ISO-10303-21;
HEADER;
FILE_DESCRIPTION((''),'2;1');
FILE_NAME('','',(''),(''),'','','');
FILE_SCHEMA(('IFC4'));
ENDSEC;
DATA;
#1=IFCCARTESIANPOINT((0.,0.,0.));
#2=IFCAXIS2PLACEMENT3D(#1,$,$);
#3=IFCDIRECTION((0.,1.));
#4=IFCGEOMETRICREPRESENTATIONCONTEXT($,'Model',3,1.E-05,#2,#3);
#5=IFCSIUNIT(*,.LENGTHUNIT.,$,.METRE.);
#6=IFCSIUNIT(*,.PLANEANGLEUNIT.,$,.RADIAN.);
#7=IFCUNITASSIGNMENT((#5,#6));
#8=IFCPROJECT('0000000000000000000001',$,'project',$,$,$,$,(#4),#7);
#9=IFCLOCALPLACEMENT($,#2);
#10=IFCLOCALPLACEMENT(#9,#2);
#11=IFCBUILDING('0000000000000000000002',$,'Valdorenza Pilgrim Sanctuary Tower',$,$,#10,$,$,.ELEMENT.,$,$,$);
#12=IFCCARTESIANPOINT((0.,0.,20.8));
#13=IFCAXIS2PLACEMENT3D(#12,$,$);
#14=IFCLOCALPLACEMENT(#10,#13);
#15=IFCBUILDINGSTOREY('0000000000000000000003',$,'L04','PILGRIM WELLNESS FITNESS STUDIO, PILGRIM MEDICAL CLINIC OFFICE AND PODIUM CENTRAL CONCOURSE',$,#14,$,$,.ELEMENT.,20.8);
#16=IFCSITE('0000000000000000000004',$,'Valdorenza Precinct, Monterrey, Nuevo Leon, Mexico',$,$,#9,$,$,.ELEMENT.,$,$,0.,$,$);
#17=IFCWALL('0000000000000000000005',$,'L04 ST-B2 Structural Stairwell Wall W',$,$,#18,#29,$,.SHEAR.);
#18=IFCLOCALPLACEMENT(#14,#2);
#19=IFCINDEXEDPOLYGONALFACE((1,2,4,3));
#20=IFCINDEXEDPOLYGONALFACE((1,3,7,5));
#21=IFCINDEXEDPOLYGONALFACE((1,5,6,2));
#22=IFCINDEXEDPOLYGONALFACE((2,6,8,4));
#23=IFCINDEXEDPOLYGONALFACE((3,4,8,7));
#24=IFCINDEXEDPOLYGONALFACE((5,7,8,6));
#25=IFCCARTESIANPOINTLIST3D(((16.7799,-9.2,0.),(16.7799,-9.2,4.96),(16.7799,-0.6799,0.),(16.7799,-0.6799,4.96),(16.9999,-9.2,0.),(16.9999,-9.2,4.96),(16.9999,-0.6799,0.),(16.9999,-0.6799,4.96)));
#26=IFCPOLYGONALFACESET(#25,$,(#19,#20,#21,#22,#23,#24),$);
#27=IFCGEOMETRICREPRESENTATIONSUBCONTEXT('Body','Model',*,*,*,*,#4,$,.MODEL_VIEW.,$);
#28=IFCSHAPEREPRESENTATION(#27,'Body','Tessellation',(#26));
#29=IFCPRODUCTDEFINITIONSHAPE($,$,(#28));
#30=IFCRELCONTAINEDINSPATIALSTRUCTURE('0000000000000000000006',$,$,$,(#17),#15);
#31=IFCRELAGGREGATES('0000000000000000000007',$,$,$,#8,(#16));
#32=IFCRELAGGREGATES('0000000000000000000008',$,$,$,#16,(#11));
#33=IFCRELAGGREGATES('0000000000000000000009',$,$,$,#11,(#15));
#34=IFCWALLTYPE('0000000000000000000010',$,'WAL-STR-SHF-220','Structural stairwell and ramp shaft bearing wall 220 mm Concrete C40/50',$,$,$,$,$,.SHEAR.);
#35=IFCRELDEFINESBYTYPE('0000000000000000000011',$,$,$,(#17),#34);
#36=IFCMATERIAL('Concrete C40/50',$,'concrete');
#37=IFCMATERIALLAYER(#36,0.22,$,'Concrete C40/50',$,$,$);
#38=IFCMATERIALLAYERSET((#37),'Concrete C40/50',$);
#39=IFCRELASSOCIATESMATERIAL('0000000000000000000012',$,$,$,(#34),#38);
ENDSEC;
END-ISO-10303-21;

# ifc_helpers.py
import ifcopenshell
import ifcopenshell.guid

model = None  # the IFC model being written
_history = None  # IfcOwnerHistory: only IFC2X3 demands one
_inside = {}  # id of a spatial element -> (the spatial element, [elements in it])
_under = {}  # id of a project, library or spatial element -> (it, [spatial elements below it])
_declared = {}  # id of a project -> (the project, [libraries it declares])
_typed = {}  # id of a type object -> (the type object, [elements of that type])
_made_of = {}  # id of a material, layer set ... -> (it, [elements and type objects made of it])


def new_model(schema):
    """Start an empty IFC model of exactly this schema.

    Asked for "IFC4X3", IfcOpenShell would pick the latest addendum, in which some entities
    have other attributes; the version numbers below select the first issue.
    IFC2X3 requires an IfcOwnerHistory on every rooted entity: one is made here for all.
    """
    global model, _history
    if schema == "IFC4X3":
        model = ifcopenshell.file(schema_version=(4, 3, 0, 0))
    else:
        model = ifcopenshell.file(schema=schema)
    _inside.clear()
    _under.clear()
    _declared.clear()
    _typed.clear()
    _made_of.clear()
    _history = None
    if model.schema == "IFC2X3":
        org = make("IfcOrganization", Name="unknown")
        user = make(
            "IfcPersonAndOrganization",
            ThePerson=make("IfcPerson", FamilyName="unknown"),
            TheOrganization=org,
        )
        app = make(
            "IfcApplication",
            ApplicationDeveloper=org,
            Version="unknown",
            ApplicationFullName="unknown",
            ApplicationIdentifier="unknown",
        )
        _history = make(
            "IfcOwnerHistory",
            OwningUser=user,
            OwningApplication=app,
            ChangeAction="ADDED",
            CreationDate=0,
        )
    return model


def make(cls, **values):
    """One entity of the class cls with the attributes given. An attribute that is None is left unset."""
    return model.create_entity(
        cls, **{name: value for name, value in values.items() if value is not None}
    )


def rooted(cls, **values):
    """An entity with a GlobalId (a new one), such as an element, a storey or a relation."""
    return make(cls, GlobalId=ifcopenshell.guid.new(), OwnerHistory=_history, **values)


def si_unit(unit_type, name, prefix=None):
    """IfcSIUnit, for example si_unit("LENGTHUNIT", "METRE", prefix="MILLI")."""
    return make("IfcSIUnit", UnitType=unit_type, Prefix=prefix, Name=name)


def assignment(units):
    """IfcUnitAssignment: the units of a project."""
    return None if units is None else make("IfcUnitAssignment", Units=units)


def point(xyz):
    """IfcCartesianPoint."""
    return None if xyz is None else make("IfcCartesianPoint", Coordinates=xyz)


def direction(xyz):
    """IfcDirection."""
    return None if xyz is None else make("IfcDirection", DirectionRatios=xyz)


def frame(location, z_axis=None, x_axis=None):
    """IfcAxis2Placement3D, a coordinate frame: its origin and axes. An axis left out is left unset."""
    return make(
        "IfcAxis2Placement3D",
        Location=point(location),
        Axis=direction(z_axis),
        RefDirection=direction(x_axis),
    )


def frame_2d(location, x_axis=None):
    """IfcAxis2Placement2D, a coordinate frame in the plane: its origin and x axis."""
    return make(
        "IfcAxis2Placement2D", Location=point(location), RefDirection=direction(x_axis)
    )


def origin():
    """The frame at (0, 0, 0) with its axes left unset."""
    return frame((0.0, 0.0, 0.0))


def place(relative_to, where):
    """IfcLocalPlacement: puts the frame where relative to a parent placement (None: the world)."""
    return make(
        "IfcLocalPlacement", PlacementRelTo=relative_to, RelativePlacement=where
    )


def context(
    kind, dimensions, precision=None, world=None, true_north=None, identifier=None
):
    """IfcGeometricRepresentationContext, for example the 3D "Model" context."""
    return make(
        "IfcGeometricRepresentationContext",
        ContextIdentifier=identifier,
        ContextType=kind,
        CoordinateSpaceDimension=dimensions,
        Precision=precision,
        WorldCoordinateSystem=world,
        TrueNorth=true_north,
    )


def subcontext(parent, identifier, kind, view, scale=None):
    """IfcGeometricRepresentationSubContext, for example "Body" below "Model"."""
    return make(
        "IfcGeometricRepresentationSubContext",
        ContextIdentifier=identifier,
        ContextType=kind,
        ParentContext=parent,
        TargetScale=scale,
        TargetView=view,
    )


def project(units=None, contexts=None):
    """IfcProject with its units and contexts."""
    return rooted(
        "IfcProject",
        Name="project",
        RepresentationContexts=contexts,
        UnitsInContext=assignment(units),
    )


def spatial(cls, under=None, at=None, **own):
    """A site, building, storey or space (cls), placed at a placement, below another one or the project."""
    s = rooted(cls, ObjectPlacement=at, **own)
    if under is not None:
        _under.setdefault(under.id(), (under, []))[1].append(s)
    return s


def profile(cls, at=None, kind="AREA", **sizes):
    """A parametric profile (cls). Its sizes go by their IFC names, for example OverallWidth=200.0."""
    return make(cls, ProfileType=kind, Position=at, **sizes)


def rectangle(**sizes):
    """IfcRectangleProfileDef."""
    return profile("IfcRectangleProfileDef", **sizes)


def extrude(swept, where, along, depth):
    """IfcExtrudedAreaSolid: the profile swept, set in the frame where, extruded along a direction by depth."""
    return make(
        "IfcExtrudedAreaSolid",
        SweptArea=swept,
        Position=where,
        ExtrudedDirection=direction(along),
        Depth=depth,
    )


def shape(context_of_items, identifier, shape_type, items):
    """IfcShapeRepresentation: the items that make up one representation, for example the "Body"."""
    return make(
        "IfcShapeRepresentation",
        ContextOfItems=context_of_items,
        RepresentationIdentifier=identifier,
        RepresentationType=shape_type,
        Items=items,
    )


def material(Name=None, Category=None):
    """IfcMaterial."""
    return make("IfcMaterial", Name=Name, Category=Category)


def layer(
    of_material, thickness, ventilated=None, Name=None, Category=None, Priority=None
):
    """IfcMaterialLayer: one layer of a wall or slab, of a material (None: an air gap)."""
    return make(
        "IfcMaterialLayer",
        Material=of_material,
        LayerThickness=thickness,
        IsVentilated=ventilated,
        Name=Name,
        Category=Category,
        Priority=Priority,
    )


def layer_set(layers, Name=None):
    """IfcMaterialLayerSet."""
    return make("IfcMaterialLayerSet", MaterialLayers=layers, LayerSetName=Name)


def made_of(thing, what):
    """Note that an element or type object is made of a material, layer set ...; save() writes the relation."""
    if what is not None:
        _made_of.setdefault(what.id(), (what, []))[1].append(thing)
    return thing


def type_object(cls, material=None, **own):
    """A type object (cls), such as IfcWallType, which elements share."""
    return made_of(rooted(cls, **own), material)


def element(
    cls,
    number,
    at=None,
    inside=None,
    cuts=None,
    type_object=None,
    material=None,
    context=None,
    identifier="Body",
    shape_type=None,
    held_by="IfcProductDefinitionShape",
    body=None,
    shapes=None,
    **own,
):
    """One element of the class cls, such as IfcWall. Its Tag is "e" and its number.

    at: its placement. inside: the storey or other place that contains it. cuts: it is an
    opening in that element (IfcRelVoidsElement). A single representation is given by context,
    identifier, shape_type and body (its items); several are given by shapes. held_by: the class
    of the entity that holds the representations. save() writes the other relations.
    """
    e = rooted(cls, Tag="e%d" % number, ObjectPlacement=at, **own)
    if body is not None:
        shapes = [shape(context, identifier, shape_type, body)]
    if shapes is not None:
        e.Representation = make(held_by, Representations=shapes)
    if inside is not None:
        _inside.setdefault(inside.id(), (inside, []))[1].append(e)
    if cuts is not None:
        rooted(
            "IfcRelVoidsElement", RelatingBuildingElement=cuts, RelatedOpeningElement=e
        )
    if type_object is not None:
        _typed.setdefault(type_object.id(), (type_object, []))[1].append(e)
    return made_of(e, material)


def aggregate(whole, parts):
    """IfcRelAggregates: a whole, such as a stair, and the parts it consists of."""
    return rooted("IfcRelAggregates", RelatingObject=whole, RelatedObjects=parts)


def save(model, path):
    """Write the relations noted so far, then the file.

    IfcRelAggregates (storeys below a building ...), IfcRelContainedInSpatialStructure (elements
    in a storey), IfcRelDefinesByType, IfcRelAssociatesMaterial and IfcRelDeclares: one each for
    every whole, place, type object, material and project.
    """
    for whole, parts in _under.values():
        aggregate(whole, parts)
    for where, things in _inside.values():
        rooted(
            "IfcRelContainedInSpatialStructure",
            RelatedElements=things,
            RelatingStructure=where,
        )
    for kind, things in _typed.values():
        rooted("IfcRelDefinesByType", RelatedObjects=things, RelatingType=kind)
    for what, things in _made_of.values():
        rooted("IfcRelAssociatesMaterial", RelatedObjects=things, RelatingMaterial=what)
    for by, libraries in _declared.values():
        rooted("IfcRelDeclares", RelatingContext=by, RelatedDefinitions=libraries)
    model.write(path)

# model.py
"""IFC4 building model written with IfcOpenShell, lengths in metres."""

from ifc_helpers import new_model, si_unit, direction, frame, frame_2d, origin, place, context, subcontext, project, spatial, rectangle, extrude, material, layer, layer_set, type_object, element, save


model = new_model("IFC4")

# Units and contexts
model_context = context("Model", 3, precision=1e-05, world=origin(), true_north=direction((0.0, 1.0)))
body_context = subcontext(model_context, "Body", "Model", "MODEL_VIEW")
ifc_project = project(units=[si_unit("LENGTHUNIT", "METRE"), si_unit("PLANEANGLEUNIT", "RADIAN")], contexts=[model_context])

# Site, building, storey
site_placement = place(None, origin())
site = spatial("IfcSite", under=ifc_project, at=site_placement, Name="Valdorenza Precinct, Monterrey, Nuevo Leon, Mexico", CompositionType="ELEMENT", RefElevation=0.0)
building_placement = place(site_placement, origin())
building = spatial("IfcBuilding", under=site, at=building_placement, Name="Valdorenza Pilgrim Sanctuary Tower", CompositionType="ELEMENT")
storey_placement = place(building_placement, frame((0.0, 0.0, 20.8)))
storey = spatial("IfcBuildingStorey", under=building, at=storey_placement, Name="L04", Description="PILGRIM WELLNESS FITNESS STUDIO, PILGRIM MEDICAL CLINIC OFFICE AND PODIUM CENTRAL CONCOURSE", CompositionType="ELEMENT", Elevation=20.8)

# Wall
ifc_material_1 = material(Name="Concrete C40/50", Category="concrete")
ifc_layer_1 = layer(ifc_material_1, 0.22, Name="Concrete C40/50")
ifc_layer_set_1 = layer_set([ifc_layer_1], Name="Concrete C40/50")
wall_type_1 = type_object("IfcWallType", Name="WAL-STR-SHF-220", Description="Structural stairwell and ramp shaft bearing wall 220 mm Concrete C40/50", PredefinedType="SHEAR", material=ifc_layer_set_1)
wall_1_placement = place(storey_placement, frame((16.8899, -9.2, 0.0), z_axis=(0.0, 0.0, 1.0), x_axis=(0.0, 1.0, 0.0)))
element("IfcWall", 1, at=wall_1_placement, inside=storey, type_object=wall_type_1, Name="L04 ST-B2 Structural Stairwell Wall W", PredefinedType="SHEAR", context=body_context, shape_type="SweptSolid", body=[
    extrude(rectangle(XDim=8.52, YDim=0.22, at=frame_2d((4.26, 0.0))), origin(), (0.0, 0.0, 1.0), 4.96),
])

save(model, "model.ifc")
